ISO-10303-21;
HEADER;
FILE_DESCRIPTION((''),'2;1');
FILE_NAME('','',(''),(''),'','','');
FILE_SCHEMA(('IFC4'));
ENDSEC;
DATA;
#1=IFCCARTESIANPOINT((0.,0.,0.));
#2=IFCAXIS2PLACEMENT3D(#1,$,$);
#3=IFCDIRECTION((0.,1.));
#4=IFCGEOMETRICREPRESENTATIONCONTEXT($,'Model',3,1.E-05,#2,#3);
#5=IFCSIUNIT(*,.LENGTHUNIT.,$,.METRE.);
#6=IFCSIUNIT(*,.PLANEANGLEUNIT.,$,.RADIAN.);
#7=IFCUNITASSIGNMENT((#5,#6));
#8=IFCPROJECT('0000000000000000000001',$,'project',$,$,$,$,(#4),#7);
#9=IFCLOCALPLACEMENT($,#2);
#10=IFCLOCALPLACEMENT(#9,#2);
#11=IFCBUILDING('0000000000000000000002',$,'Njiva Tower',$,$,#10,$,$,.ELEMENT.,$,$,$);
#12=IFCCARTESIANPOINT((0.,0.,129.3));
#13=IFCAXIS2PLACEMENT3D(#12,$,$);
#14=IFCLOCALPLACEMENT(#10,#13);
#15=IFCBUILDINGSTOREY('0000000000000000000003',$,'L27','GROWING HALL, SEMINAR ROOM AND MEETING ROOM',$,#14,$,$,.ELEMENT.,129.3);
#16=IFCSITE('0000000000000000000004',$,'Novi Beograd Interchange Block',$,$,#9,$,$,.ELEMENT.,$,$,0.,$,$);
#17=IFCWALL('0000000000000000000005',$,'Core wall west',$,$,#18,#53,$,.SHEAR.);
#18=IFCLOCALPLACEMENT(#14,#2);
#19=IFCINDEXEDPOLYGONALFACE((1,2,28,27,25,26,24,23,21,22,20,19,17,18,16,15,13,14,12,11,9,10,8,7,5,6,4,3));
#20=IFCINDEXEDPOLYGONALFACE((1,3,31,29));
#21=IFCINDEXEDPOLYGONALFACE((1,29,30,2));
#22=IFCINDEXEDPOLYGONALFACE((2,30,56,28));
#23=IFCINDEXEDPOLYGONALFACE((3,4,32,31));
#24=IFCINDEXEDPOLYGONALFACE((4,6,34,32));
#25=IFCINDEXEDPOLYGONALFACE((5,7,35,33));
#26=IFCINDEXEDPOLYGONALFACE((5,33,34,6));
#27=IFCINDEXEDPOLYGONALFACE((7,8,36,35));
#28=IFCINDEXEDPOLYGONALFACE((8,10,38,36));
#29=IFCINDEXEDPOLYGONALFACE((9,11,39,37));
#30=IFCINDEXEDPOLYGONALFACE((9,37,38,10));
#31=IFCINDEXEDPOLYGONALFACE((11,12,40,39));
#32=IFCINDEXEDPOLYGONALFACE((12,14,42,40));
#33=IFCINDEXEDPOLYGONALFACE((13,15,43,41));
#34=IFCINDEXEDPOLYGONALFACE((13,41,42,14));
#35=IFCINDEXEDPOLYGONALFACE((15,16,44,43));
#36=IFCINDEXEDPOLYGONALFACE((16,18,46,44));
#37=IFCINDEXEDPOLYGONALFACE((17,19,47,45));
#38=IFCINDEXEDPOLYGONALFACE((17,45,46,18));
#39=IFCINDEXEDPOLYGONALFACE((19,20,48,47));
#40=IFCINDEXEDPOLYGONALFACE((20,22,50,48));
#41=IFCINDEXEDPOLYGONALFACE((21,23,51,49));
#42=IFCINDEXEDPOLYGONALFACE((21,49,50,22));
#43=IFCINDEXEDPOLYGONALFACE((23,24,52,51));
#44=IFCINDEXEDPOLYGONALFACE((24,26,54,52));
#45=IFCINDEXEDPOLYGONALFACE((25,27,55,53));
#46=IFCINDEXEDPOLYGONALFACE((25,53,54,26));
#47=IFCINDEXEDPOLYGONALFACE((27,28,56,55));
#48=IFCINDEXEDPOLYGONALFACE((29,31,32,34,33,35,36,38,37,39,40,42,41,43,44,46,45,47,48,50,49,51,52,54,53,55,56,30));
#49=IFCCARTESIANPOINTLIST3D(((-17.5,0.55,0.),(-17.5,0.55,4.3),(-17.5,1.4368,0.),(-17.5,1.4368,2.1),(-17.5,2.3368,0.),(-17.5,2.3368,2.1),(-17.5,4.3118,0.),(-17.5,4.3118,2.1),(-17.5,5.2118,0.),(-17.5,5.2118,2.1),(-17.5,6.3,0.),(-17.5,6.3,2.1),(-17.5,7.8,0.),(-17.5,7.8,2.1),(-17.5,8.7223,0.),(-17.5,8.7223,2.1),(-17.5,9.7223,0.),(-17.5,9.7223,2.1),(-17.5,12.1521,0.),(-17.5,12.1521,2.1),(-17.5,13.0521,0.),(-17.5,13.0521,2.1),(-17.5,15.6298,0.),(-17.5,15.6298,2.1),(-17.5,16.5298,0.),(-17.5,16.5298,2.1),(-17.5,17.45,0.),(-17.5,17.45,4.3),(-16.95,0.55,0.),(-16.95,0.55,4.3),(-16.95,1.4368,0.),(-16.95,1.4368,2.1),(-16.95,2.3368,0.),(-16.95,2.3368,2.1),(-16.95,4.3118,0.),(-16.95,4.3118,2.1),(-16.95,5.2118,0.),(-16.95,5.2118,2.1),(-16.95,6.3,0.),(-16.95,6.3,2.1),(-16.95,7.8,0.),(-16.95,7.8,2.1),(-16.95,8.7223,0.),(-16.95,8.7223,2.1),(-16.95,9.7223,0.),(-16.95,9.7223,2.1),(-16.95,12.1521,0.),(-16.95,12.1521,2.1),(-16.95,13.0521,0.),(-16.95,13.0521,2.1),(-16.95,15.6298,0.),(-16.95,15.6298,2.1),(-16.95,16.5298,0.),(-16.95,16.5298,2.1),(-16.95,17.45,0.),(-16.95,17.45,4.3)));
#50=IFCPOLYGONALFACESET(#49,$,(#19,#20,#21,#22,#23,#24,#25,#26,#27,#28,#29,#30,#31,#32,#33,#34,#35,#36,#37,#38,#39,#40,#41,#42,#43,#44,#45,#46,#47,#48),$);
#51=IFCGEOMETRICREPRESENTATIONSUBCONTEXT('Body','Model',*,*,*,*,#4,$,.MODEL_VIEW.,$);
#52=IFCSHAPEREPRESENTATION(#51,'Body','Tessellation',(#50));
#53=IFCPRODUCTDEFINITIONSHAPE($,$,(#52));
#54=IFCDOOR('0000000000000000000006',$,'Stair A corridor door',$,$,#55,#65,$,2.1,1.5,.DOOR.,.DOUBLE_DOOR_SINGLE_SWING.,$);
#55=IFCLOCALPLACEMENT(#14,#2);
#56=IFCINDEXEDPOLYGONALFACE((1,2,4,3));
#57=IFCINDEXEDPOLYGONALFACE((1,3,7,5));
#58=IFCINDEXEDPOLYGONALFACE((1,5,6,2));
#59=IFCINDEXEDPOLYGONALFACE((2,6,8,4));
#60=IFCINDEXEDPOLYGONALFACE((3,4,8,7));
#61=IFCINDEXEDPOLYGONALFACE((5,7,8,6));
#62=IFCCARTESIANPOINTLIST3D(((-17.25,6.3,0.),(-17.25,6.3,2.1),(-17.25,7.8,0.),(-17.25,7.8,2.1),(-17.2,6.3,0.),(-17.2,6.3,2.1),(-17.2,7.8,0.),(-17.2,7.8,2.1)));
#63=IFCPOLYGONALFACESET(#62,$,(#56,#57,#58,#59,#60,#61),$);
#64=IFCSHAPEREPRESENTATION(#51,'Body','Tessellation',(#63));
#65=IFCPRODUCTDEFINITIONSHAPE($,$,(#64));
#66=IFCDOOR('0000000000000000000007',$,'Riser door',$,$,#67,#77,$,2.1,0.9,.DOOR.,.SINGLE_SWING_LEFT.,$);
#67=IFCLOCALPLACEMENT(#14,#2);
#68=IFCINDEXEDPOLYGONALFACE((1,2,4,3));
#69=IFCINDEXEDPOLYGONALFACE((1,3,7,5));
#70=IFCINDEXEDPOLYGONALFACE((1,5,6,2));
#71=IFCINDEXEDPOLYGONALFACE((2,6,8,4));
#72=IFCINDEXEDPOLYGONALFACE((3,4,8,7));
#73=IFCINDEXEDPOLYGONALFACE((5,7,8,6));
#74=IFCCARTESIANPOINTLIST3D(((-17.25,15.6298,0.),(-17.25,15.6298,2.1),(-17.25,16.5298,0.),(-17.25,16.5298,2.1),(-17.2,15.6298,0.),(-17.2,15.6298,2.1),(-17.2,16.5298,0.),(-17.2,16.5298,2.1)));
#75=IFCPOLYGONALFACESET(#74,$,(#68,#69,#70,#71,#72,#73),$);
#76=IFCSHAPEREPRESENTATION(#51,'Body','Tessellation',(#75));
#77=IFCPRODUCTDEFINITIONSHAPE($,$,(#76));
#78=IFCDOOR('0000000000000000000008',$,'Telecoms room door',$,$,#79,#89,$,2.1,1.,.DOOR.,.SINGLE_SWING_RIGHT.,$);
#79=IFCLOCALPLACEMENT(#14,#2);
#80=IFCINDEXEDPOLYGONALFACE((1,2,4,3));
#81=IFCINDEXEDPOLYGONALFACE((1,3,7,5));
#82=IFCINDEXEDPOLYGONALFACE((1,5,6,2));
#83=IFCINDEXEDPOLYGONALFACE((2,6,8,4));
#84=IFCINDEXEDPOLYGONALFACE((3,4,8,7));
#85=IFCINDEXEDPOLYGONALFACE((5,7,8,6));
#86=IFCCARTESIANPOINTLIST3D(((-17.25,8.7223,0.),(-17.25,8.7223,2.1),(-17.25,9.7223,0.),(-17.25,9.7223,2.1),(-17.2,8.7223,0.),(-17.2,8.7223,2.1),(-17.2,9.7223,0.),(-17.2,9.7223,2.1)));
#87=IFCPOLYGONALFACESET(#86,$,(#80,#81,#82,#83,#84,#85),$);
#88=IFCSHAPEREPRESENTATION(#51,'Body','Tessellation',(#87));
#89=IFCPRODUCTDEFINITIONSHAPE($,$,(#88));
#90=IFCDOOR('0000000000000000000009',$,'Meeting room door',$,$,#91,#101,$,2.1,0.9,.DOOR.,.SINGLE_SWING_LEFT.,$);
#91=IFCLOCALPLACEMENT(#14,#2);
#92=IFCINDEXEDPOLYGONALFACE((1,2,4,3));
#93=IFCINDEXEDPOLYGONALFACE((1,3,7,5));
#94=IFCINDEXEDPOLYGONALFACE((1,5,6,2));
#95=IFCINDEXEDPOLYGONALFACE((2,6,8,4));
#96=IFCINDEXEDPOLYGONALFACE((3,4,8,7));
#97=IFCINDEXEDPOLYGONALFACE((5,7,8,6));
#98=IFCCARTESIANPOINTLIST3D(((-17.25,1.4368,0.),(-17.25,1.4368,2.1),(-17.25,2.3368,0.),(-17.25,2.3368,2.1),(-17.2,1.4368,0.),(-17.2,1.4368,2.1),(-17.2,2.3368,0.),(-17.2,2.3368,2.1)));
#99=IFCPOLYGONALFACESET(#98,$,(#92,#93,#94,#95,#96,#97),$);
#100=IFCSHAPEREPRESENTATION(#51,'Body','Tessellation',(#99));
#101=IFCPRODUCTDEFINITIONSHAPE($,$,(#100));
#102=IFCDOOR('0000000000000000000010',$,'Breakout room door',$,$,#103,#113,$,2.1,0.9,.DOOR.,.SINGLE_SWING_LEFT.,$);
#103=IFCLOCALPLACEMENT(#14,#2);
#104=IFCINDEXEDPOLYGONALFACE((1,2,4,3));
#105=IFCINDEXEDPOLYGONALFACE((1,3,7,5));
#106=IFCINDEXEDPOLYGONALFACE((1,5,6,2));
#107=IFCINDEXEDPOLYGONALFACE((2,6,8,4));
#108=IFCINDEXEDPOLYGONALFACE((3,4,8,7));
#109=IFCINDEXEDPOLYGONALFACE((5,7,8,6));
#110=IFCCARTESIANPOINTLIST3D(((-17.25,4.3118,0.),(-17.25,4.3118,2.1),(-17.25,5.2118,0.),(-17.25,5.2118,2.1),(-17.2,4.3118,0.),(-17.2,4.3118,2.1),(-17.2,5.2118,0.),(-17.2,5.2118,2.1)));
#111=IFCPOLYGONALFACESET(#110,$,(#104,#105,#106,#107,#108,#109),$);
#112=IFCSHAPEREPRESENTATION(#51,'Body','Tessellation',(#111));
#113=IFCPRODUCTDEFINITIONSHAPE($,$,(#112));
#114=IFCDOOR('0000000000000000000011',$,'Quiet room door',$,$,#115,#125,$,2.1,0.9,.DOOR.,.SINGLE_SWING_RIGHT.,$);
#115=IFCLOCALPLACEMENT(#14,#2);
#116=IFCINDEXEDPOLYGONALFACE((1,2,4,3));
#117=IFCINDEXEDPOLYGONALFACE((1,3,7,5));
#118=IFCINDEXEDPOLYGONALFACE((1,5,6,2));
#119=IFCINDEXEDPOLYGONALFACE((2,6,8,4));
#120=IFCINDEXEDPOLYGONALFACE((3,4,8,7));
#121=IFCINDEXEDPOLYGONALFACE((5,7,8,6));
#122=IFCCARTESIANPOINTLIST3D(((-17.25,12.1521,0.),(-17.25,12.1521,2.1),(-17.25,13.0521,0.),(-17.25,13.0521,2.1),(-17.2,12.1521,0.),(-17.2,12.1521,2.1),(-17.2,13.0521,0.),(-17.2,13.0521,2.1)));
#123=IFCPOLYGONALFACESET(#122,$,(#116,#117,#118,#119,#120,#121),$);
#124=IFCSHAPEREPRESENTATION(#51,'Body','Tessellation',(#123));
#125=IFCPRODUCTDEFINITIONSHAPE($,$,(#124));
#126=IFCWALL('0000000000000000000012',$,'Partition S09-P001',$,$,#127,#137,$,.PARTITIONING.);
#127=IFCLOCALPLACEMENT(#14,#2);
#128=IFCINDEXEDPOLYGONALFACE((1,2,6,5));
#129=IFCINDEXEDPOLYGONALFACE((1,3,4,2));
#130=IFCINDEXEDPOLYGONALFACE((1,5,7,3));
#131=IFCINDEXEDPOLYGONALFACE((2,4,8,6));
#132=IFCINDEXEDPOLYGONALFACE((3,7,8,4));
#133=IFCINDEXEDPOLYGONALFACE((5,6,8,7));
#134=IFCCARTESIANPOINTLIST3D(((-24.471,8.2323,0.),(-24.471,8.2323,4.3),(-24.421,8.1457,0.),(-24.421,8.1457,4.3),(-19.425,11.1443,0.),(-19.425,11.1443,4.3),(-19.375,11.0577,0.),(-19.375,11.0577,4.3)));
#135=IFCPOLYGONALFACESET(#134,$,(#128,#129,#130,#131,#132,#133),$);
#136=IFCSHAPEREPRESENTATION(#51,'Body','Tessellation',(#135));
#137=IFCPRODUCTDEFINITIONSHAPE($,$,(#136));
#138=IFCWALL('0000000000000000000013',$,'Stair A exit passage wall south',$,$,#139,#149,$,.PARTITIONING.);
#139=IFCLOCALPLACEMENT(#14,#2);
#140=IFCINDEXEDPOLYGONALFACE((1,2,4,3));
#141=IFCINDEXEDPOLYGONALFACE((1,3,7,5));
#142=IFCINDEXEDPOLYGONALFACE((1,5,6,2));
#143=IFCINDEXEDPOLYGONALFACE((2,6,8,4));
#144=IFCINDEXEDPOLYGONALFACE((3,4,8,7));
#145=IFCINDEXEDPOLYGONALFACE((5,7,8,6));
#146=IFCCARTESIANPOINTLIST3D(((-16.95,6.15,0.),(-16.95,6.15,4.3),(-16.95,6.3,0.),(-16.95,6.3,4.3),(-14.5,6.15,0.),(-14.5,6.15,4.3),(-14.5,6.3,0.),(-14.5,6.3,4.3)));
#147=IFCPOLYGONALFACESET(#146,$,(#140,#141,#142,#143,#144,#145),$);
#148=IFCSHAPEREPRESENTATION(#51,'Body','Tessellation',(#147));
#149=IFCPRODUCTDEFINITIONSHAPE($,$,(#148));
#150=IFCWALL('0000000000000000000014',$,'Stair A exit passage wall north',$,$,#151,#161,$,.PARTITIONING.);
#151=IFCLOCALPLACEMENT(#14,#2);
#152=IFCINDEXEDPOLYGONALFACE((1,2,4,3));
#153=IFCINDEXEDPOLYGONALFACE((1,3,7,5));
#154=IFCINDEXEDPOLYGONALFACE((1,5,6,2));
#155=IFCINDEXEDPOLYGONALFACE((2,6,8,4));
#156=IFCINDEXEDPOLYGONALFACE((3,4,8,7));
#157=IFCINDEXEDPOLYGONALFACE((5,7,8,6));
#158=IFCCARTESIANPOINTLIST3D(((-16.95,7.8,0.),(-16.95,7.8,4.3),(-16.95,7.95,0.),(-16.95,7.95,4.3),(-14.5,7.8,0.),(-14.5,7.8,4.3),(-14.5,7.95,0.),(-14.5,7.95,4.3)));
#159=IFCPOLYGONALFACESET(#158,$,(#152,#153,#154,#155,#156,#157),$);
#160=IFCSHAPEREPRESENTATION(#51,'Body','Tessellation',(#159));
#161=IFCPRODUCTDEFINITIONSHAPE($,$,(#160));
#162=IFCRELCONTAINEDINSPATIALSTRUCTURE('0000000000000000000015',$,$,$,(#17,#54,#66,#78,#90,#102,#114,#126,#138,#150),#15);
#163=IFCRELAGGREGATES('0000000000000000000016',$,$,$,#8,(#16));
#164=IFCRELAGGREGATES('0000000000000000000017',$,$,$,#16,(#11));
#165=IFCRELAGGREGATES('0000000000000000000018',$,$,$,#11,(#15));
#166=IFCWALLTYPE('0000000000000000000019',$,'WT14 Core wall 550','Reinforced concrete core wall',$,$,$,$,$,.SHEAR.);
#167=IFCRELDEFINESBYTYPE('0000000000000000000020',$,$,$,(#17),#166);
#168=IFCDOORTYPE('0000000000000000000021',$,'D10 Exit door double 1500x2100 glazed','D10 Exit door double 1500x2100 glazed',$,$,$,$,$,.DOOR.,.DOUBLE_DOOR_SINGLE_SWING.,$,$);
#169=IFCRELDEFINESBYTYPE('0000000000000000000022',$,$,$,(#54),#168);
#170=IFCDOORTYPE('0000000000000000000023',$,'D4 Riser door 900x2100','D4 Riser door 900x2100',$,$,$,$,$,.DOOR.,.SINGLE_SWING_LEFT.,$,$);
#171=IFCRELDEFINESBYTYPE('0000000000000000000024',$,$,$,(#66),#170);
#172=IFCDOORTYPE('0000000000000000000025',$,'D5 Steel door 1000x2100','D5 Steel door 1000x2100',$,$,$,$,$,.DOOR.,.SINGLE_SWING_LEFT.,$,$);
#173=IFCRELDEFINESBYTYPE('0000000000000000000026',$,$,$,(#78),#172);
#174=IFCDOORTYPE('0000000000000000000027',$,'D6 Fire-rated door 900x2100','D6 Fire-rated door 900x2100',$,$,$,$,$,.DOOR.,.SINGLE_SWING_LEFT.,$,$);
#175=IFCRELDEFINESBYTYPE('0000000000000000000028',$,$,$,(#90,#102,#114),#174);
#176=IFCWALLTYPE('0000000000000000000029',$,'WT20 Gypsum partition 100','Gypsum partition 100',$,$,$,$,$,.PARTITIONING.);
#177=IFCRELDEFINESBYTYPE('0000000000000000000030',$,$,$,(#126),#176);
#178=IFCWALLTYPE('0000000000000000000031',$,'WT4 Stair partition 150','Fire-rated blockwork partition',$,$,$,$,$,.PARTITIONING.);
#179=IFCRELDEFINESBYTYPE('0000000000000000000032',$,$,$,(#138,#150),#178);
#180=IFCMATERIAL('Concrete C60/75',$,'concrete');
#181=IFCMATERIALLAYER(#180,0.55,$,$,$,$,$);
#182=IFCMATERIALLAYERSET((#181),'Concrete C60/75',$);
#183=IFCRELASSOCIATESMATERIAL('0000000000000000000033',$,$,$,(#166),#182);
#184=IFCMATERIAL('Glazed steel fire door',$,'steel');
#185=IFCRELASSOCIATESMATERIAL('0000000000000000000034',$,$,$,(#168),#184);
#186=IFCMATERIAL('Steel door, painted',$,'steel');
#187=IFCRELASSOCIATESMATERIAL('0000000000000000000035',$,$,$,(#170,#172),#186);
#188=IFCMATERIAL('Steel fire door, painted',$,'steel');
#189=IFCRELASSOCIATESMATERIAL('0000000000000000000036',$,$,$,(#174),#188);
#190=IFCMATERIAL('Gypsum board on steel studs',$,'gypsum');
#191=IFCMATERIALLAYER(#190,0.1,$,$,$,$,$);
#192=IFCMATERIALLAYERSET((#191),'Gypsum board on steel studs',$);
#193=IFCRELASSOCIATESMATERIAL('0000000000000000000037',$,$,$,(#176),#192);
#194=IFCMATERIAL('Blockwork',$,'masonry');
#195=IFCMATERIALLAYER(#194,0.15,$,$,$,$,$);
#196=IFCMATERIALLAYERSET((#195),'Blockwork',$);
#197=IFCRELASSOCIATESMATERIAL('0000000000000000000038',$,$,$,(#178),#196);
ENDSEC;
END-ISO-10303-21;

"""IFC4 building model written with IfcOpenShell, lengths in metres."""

from ifc_helpers import new_model, si_unit, direction, frame, frame_2d, origin, place, context, subcontext, project, spatial, rectangle, extrude, material, layer, layer_set, type_object, element, fill, save


model = new_model("IFC4")

# Units and contexts
model_context = context("Model", 3, precision=1e-05, world=origin(), true_north=direction((0.0, 1.0)))
body_context = subcontext(model_context, "Body", "Model", "MODEL_VIEW")
ifc_project = project(units=[si_unit("LENGTHUNIT", "METRE"), si_unit("PLANEANGLEUNIT", "RADIAN")], contexts=[model_context])

# Site, building, storey
site_placement = place(None, origin())
site = spatial("IfcSite", under=ifc_project, at=site_placement, Name="Novi Beograd Interchange Block", CompositionType="ELEMENT", RefElevation=0.0)
building_placement = place(site_placement, origin())
building = spatial("IfcBuilding", under=site, at=building_placement, Name="Njiva Tower", CompositionType="ELEMENT")
storey_placement = place(building_placement, frame((0.0, 0.0, 129.3)))
storey = spatial("IfcBuildingStorey", under=building, at=storey_placement, Name="L27", Description="GROWING HALL, SEMINAR ROOM AND MEETING ROOM", CompositionType="ELEMENT", Elevation=129.3)

# Shared definitions
ifc_material_1 = material(Name="Blockwork", Category="masonry")

# Wall, openings, doors
ifc_material_2 = material(Name="Concrete C60/75", Category="concrete")
ifc_layer_1 = layer(ifc_material_2, 0.55)
ifc_layer_set_1 = layer_set([ifc_layer_1], Name="Concrete C60/75")
wall_type_1 = type_object("IfcWallType", Name="WT14 Core wall 550", Description="Reinforced concrete core wall", PredefinedType="SHEAR", material=ifc_layer_set_1)
wall_1_placement = place(storey_placement, frame((-17.225, 0.55, 0.0), z_axis=(0.0, 0.0, 1.0), x_axis=(0.0, 1.0, 0.0)))
wall_1 = element("IfcWall", 1, at=wall_1_placement, inside=storey, type_object=wall_type_1, Name="Core wall west", PredefinedType="SHEAR", context=body_context, shape_type="SweptSolid", body=[
    extrude(rectangle(XDim=16.9, YDim=0.55, at=frame_2d((8.45, 0.0))), origin(), (0.0, 0.0, 1.0), 4.3),
])
opening_1_placement = place(wall_1_placement, frame((5.75, 0.0, 0.0)))
opening_1 = element("IfcOpeningElement", 2, at=opening_1_placement, cuts=wall_1, PredefinedType="OPENING", context=body_context, shape_type="SweptSolid", body=[
    extrude(rectangle(XDim=1.5, YDim=2.1, at=frame_2d((0.75, 1.05))), frame((0.0, 0.285, 0.0), z_axis=(0.0, -1.0, 0.0), x_axis=(1.0, 0.0, 0.0)), (0.0, 0.0, 1.0), 0.57),
])
opening_2_placement = place(wall_1_placement, frame((0.8868, 0.0, 0.0)))
opening_2 = element("IfcOpeningElement", 3, at=opening_2_placement, cuts=wall_1, PredefinedType="OPENING", context=body_context, shape_type="SweptSolid", body=[
    extrude(rectangle(XDim=0.9, YDim=2.1, at=frame_2d((0.45, 1.05))), frame((0.0, 0.285, 0.0), z_axis=(0.0, -1.0, 0.0), x_axis=(1.0, 0.0, 0.0)), (0.0, 0.0, 1.0), 0.57),
])
opening_3_placement = place(wall_1_placement, frame((3.7618, 0.0, 0.0)))
opening_3 = element("IfcOpeningElement", 4, at=opening_3_placement, cuts=wall_1, PredefinedType="OPENING", context=body_context, shape_type="SweptSolid", body=[
    extrude(rectangle(XDim=0.9, YDim=2.1, at=frame_2d((0.45, 1.05))), frame((0.0, 0.285, 0.0), z_axis=(0.0, -1.0, 0.0), x_axis=(1.0, 0.0, 0.0)), (0.0, 0.0, 1.0), 0.57),
])
opening_4_placement = place(wall_1_placement, frame((8.1723, 0.0, 0.0)))
opening_4 = element("IfcOpeningElement", 5, at=opening_4_placement, cuts=wall_1, PredefinedType="OPENING", context=body_context, shape_type="SweptSolid", body=[
    extrude(rectangle(XDim=1.0, YDim=2.1, at=frame_2d((0.5, 1.05))), frame((0.0, 0.285, 0.0), z_axis=(0.0, -1.0, 0.0), x_axis=(1.0, 0.0, 0.0)), (0.0, 0.0, 1.0), 0.57),
])
opening_5_placement = place(wall_1_placement, frame((11.6021, 0.0, 0.0)))
opening_5 = element("IfcOpeningElement", 6, at=opening_5_placement, cuts=wall_1, PredefinedType="OPENING", context=body_context, shape_type="SweptSolid", body=[
    extrude(rectangle(XDim=0.9, YDim=2.1, at=frame_2d((0.45, 1.05))), frame((0.0, 0.285, 0.0), z_axis=(0.0, -1.0, 0.0), x_axis=(1.0, 0.0, 0.0)), (0.0, 0.0, 1.0), 0.57),
])
opening_6_placement = place(wall_1_placement, frame((15.0798, 0.0, 0.0)))
opening_6 = element("IfcOpeningElement", 7, at=opening_6_placement, cuts=wall_1, PredefinedType="OPENING", context=body_context, shape_type="SweptSolid", body=[
    extrude(rectangle(XDim=0.9, YDim=2.1, at=frame_2d((0.45, 1.05))), frame((0.0, 0.285, 0.0), z_axis=(0.0, -1.0, 0.0), x_axis=(1.0, 0.0, 0.0)), (0.0, 0.0, 1.0), 0.57),
])
ifc_material_3 = material(Name="Glazed steel fire door", Category="steel")
door_type_1 = type_object("IfcDoorType", Name="D10 Exit door double 1500x2100 glazed", Description="D10 Exit door double 1500x2100 glazed", OperationType="DOUBLE_DOOR_SINGLE_SWING", PredefinedType="DOOR", material=ifc_material_3)
door_1_placement = place(opening_1_placement, origin())
door_1 = element("IfcDoor", 8, at=door_1_placement, inside=storey, type_object=door_type_1, Name="Stair A corridor door", OperationType="DOUBLE_DOOR_SINGLE_SWING", OverallHeight=2.1, OverallWidth=1.5, PredefinedType="DOOR", context=body_context, shape_type="SweptSolid", body=[
    extrude(rectangle(XDim=1.5, YDim=2.1, at=frame_2d((0.75, 1.05))), frame((0.0, 0.025, 0.0), z_axis=(0.0, -1.0, 0.0), x_axis=(1.0, 0.0, 0.0)), (0.0, 0.0, 1.0), 0.05),
])
fill(opening_1, door_1)
ifc_material_4 = material(Name="Steel door, painted", Category="steel")
door_type_2 = type_object("IfcDoorType", Name="D4 Riser door 900x2100", Description="D4 Riser door 900x2100", OperationType="SINGLE_SWING_LEFT", PredefinedType="DOOR", material=ifc_material_4)
door_2_placement = place(opening_6_placement, origin())
door_2 = element("IfcDoor", 9, at=door_2_placement, inside=storey, type_object=door_type_2, Name="Riser door", OperationType="SINGLE_SWING_LEFT", OverallHeight=2.1, OverallWidth=0.9, PredefinedType="DOOR", context=body_context, shape_type="SweptSolid", body=[
    extrude(rectangle(XDim=0.9, YDim=2.1, at=frame_2d((0.45, 1.05))), frame((0.0, 0.025, 0.0), z_axis=(0.0, -1.0, 0.0), x_axis=(1.0, 0.0, 0.0)), (0.0, 0.0, 1.0), 0.05),
])
fill(opening_6, door_2)
door_type_3 = type_object("IfcDoorType", Name="D5 Steel door 1000x2100", Description="D5 Steel door 1000x2100", OperationType="SINGLE_SWING_LEFT", PredefinedType="DOOR", material=ifc_material_4)
door_3_placement = place(opening_4_placement, origin())
door_3 = element("IfcDoor", 10, at=door_3_placement, inside=storey, type_object=door_type_3, Name="Telecoms room door", OperationType="SINGLE_SWING_RIGHT", OverallHeight=2.1, OverallWidth=1.0, PredefinedType="DOOR", context=body_context, shape_type="SweptSolid", body=[
    extrude(rectangle(XDim=1.0, YDim=2.1, at=frame_2d((0.5, 1.05))), frame((0.0, 0.025, 0.0), z_axis=(0.0, -1.0, 0.0), x_axis=(1.0, 0.0, 0.0)), (0.0, 0.0, 1.0), 0.05),
])
fill(opening_4, door_3)
ifc_material_5 = material(Name="Steel fire door, painted", Category="steel")
door_type_4 = type_object("IfcDoorType", Name="D6 Fire-rated door 900x2100", Description="D6 Fire-rated door 900x2100", OperationType="SINGLE_SWING_LEFT", PredefinedType="DOOR", material=ifc_material_5)
door_4_placement = place(opening_2_placement, origin())
door_4 = element("IfcDoor", 11, at=door_4_placement, inside=storey, type_object=door_type_4, Name="Meeting room door", OperationType="SINGLE_SWING_LEFT", OverallHeight=2.1, OverallWidth=0.9, PredefinedType="DOOR", context=body_context, shape_type="SweptSolid", body=[
    extrude(rectangle(XDim=0.9, YDim=2.1, at=frame_2d((0.45, 1.05))), frame((0.0, 0.025, 0.0), z_axis=(0.0, -1.0, 0.0), x_axis=(1.0, 0.0, 0.0)), (0.0, 0.0, 1.0), 0.05),
])
fill(opening_2, door_4)
door_5_placement = place(opening_3_placement, origin())
door_5 = element("IfcDoor", 12, at=door_5_placement, inside=storey, type_object=door_type_4, Name="Breakout room door", OperationType="SINGLE_SWING_LEFT", OverallHeight=2.1, OverallWidth=0.9, PredefinedType="DOOR", context=body_context, shape_type="SweptSolid", body=[
    extrude(rectangle(XDim=0.9, YDim=2.1, at=frame_2d((0.45, 1.05))), frame((0.0, 0.025, 0.0), z_axis=(0.0, -1.0, 0.0), x_axis=(1.0, 0.0, 0.0)), (0.0, 0.0, 1.0), 0.05),
])
fill(opening_3, door_5)
door_6_placement = place(opening_5_placement, origin())
door_6 = element("IfcDoor", 13, at=door_6_placement, inside=storey, type_object=door_type_4, Name="Quiet room door", OperationType="SINGLE_SWING_RIGHT", OverallHeight=2.1, OverallWidth=0.9, PredefinedType="DOOR", context=body_context, shape_type="SweptSolid", body=[
    extrude(rectangle(XDim=0.9, YDim=2.1, at=frame_2d((0.45, 1.05))), frame((0.0, 0.025, 0.0), z_axis=(0.0, -1.0, 0.0), x_axis=(1.0, 0.0, 0.0)), (0.0, 0.0, 1.0), 0.05),
])
fill(opening_5, door_6)

# Walls
ifc_material_6 = material(Name="Gypsum board on steel studs", Category="gypsum")
ifc_layer_2 = layer(ifc_material_6, 0.1)
ifc_layer_set_2 = layer_set([ifc_layer_2], Name="Gypsum board on steel studs")
wall_type_2 = type_object("IfcWallType", Name="WT20 Gypsum partition 100", Description="Gypsum partition 100", PredefinedType="PARTITIONING", material=ifc_layer_set_2)
wall_2_placement = place(storey_placement, frame((-24.446, 8.189, 0.0), z_axis=(0.0, 0.0, 1.0), x_axis=(0.866123, 0.499831, 0.0)))
element("IfcWall", 14, at=wall_2_placement, inside=storey, type_object=wall_type_2, Name="Partition S09-P001", PredefinedType="PARTITIONING", context=body_context, shape_type="SweptSolid", body=[
    extrude(rectangle(XDim=5.826, YDim=0.1, at=frame_2d((2.913, 0.0))), origin(), (0.0, 0.0, 1.0), 4.3),
])
ifc_layer_3 = layer(ifc_material_1, 0.15)
ifc_layer_set_3 = layer_set([ifc_layer_3], Name="Blockwork")
wall_type_3 = type_object("IfcWallType", Name="WT4 Stair partition 150", Description="Fire-rated blockwork partition", PredefinedType="PARTITIONING", material=ifc_layer_set_3)
for number, where, z_axis, x_axis, name in (
    (15, (-16.95, 6.225, 0.0), (0.0, 0.0, 1.0), (1.0, 0.0, 0.0), "Stair A exit passage wall south"),
    (16, (-16.95, 7.875, 0.0), (0.0, 0.0, 1.0), (1.0, 0.0, 0.0), "Stair A exit passage wall north"),
):
    element("IfcWall", number, at=place(storey_placement, frame(where, z_axis=z_axis, x_axis=x_axis)), inside=storey, type_object=wall_type_3, Name=name, PredefinedType="PARTITIONING", context=body_context, shape_type="SweptSolid", body=[
        extrude(rectangle(XDim=2.45, YDim=0.15, at=frame_2d((1.225, 0.0))), origin(), (0.0, 0.0, 1.0), 4.3),
    ])

save(model, "model.ifc")
